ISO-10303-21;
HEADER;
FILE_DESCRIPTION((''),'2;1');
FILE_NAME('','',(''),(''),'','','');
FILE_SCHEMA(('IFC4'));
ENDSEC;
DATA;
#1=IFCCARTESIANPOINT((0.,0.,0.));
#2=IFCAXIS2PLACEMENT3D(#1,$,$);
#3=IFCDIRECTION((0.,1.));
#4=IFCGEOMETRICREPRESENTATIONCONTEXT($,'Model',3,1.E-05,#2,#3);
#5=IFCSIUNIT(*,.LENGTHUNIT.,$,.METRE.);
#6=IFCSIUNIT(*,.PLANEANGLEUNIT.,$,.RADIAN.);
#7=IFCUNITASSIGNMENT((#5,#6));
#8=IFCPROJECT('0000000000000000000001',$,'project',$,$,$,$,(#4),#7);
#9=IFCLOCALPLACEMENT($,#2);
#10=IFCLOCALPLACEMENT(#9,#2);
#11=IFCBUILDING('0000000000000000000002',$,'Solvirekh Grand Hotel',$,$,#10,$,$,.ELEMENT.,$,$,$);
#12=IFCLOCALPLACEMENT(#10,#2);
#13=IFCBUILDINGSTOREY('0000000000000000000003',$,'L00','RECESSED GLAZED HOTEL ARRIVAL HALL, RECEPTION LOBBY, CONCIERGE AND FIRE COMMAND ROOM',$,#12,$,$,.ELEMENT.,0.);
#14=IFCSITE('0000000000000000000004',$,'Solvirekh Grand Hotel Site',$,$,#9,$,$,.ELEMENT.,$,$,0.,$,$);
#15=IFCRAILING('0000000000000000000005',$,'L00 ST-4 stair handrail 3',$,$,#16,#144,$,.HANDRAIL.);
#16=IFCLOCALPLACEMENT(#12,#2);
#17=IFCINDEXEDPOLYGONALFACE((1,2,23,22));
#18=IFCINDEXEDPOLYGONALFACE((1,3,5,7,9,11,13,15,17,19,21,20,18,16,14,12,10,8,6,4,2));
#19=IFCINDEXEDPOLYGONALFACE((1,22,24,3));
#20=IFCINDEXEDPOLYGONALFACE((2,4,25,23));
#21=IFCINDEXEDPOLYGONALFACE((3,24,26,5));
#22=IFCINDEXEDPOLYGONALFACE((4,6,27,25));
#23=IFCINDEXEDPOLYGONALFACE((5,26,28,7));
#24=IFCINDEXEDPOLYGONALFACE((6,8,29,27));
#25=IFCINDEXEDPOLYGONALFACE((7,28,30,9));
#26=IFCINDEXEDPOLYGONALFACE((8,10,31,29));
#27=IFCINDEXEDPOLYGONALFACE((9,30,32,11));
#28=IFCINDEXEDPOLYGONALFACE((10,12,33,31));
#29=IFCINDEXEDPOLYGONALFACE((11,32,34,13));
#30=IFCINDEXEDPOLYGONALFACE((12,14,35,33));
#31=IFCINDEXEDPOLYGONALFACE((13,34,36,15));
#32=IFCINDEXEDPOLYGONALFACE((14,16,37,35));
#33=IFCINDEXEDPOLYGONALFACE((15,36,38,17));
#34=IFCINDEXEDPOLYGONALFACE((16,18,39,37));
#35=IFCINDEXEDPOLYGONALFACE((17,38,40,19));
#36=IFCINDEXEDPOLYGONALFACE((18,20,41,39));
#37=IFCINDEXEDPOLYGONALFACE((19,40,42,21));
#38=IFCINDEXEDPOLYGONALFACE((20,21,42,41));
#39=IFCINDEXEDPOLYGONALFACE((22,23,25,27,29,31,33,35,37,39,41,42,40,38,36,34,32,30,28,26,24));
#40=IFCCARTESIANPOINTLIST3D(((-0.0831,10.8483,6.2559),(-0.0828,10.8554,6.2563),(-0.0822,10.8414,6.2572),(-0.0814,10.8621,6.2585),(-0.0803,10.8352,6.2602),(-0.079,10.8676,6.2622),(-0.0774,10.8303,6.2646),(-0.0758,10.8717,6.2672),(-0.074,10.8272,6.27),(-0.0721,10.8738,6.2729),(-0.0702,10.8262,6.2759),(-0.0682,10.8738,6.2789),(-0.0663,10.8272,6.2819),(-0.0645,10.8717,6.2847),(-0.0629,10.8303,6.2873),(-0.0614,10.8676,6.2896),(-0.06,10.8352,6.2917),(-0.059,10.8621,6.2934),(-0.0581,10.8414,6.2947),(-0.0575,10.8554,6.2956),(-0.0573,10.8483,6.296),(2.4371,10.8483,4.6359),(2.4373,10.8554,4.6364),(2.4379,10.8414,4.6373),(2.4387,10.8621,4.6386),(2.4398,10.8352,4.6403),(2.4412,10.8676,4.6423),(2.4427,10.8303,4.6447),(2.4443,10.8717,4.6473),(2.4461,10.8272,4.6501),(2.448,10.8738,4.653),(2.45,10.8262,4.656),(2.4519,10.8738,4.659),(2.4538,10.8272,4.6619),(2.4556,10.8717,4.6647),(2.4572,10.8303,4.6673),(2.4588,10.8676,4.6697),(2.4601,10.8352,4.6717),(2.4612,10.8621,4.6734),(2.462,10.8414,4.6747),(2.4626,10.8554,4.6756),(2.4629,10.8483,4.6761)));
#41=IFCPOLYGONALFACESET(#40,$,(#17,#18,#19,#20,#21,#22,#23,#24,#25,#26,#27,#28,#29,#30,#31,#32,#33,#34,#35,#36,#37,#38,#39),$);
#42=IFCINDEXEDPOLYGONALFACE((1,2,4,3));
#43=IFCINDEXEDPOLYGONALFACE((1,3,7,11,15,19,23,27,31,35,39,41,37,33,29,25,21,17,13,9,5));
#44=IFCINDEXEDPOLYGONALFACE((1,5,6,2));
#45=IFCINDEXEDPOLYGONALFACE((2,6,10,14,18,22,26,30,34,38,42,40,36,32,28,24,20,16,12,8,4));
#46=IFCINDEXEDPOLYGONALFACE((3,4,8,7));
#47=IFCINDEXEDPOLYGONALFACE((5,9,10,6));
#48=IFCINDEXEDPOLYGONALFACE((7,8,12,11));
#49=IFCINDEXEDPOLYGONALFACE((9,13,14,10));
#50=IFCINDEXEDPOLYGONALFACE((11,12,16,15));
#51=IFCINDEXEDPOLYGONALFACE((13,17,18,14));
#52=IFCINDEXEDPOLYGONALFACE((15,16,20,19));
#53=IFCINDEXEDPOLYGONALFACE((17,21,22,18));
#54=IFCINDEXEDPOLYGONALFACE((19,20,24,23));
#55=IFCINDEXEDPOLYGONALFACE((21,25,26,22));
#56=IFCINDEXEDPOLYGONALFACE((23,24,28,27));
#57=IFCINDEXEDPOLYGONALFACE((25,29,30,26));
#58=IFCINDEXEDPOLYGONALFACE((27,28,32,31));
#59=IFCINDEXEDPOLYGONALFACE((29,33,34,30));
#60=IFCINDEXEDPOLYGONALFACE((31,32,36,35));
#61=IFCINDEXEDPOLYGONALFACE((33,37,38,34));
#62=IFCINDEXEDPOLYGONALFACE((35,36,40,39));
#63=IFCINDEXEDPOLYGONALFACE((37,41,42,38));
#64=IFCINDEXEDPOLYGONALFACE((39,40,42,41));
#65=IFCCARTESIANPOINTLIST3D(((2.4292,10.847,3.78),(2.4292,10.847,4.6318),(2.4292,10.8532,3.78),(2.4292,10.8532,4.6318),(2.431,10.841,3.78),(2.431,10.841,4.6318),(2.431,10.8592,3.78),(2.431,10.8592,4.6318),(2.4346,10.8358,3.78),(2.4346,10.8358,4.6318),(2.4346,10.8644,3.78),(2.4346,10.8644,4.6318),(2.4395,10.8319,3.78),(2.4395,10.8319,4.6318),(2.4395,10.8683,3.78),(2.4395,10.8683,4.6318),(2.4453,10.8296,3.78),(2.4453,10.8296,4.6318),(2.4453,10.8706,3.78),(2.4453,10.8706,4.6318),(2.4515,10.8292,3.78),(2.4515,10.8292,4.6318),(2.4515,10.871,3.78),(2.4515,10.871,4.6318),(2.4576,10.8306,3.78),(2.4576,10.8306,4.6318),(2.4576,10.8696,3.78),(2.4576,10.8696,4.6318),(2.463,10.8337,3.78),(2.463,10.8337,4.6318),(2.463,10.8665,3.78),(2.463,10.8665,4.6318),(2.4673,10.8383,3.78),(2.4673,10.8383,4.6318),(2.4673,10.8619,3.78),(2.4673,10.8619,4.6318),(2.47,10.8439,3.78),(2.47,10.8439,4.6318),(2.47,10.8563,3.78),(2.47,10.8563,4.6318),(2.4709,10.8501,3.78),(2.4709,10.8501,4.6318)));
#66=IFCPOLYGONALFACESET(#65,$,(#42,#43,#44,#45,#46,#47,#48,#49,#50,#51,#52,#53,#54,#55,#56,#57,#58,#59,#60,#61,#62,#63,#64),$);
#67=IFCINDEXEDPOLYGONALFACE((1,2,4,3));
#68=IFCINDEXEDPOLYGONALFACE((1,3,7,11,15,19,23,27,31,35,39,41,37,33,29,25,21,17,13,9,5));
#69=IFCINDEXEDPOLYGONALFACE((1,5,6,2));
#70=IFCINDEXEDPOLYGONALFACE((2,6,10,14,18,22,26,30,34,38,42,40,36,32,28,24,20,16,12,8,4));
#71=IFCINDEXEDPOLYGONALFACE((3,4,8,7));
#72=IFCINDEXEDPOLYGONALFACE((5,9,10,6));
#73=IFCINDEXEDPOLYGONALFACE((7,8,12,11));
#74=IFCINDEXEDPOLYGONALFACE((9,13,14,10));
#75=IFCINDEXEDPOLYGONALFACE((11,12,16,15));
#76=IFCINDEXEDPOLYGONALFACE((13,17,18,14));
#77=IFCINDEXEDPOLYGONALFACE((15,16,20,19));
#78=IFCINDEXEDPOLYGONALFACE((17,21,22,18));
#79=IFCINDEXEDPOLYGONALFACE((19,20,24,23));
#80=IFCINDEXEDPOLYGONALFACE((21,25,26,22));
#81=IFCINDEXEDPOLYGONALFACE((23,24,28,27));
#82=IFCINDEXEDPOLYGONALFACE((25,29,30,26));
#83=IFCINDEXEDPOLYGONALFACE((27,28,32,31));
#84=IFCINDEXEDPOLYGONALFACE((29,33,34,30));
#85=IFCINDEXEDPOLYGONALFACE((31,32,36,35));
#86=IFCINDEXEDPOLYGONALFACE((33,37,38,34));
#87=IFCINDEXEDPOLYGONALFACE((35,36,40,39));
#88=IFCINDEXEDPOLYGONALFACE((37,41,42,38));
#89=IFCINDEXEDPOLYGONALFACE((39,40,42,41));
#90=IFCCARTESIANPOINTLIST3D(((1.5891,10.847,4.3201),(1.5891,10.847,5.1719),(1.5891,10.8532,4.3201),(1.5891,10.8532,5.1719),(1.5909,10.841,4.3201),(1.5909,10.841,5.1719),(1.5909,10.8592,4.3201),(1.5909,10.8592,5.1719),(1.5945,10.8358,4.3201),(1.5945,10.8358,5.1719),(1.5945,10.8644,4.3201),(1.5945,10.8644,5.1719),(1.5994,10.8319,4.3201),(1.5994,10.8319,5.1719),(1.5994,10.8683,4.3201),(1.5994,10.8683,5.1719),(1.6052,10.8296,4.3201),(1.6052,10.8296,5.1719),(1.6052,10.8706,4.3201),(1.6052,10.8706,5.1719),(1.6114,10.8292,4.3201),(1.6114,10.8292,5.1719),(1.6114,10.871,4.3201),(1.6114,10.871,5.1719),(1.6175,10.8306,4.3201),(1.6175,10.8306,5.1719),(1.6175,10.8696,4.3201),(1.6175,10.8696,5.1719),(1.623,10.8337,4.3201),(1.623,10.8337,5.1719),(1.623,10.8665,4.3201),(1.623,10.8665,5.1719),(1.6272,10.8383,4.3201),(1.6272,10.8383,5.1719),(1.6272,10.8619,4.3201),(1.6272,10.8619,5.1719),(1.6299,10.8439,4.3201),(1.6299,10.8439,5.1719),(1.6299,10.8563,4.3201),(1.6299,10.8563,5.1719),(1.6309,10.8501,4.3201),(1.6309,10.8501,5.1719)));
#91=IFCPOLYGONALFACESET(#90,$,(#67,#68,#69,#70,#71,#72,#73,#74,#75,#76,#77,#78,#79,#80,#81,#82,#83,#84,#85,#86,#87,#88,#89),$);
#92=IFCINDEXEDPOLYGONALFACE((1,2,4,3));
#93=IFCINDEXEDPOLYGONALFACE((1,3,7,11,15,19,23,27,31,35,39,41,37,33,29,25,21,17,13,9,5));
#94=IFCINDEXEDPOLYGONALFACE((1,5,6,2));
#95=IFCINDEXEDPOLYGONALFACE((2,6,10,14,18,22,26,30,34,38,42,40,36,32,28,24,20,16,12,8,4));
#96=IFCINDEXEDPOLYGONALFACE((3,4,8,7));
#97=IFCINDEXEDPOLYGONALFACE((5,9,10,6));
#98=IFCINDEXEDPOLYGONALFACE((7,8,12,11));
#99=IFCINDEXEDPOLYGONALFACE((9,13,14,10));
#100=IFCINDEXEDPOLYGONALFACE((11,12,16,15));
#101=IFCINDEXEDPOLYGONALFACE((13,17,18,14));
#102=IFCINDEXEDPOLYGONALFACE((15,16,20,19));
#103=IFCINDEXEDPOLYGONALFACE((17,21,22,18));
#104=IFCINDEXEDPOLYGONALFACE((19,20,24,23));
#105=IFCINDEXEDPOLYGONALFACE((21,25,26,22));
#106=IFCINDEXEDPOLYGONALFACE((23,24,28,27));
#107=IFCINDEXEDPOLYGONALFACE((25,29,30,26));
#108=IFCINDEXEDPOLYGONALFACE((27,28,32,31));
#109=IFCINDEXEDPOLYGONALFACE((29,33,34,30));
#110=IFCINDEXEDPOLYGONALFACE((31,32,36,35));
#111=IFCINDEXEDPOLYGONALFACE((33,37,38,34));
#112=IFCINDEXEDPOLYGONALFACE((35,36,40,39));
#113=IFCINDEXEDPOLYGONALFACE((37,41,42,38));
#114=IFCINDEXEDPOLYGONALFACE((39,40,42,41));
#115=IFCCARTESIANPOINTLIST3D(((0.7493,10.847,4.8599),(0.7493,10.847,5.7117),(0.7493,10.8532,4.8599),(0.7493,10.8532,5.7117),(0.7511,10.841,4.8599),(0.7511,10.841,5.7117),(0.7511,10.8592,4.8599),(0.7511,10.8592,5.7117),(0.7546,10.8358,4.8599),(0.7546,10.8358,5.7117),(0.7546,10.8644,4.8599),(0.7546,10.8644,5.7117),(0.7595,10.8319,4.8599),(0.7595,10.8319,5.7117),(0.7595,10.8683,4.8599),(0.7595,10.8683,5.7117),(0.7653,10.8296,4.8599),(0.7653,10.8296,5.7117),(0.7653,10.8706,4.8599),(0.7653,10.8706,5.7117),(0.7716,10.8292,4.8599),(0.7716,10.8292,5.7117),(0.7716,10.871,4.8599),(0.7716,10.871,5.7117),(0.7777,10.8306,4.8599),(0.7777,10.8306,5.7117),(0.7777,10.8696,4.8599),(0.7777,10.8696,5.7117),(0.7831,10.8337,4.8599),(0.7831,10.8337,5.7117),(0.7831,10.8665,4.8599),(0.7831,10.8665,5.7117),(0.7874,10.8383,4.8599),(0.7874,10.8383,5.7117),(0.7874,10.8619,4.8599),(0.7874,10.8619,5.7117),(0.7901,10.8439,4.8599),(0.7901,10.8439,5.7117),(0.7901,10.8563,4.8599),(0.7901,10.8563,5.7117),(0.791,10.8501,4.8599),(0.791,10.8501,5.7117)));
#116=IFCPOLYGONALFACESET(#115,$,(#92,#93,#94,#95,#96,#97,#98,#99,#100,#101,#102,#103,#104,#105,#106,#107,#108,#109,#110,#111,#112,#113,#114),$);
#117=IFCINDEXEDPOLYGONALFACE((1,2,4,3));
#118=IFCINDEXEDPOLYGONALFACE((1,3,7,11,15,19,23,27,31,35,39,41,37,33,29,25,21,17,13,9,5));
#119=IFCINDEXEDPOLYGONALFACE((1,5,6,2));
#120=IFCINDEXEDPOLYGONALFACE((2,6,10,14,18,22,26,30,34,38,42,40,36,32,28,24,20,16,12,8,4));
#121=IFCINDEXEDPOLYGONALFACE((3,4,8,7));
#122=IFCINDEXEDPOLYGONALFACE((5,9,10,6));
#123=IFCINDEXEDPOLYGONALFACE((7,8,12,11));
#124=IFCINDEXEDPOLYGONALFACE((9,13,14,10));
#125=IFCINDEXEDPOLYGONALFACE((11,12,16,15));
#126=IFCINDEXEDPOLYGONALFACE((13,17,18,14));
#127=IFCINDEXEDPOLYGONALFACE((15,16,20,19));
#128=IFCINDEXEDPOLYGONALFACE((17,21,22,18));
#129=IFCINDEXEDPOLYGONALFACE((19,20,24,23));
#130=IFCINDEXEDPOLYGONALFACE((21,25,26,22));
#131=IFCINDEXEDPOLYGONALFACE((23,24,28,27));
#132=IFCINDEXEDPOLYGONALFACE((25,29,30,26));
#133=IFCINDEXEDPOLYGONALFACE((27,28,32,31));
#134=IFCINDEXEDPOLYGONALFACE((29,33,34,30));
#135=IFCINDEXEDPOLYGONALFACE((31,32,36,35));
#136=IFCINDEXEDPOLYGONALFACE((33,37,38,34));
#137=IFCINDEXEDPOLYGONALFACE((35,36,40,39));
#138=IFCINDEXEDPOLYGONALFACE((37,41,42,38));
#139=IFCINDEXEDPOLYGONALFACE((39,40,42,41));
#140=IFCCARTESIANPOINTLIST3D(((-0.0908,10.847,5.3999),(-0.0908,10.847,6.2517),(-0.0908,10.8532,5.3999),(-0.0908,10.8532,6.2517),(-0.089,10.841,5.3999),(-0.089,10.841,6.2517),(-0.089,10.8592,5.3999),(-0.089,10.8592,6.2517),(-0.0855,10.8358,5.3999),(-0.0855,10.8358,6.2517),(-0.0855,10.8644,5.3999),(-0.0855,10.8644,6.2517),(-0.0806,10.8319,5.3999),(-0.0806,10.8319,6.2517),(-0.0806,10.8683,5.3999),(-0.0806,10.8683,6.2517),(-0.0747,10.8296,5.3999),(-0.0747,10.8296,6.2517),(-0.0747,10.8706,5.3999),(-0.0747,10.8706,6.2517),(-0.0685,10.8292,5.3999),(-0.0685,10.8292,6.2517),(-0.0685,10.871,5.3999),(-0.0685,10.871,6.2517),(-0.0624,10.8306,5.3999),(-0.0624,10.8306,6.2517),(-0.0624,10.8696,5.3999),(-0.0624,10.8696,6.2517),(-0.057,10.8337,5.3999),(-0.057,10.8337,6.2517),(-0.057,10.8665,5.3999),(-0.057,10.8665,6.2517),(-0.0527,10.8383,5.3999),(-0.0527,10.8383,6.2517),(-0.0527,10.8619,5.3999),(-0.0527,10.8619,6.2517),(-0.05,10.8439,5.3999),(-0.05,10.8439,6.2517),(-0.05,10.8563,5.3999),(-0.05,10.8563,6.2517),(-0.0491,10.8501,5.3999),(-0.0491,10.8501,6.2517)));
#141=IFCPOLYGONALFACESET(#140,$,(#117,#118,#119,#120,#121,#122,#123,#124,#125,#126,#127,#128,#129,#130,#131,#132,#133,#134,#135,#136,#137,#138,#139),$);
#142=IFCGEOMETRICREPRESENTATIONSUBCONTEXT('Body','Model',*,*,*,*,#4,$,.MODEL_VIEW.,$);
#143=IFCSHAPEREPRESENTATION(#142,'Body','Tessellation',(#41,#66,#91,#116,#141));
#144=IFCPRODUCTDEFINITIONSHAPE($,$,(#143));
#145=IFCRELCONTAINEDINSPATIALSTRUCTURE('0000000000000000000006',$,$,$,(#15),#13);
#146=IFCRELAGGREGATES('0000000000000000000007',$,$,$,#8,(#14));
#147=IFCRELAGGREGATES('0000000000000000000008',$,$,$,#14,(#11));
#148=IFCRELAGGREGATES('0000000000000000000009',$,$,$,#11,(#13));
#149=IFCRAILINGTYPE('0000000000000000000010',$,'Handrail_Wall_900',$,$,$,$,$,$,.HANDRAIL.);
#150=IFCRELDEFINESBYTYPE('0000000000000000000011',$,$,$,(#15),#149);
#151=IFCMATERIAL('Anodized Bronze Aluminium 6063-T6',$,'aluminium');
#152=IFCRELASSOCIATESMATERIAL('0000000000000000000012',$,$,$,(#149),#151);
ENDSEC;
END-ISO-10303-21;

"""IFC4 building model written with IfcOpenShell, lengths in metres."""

from ifc_helpers import new_model, si_unit, direction, frame, origin, origin_2d, place, context, subcontext, project, spatial, circle, extrude, material, type_object, element, save


model = new_model("IFC4")

# Units and contexts
model_context = context("Model", 3, precision=1e-05, world=origin(), true_north=direction((0.0, 1.0)))
body_context = subcontext(model_context, "Body", "Model", "MODEL_VIEW")
ifc_project = project(units=[si_unit("LENGTHUNIT", "METRE"), si_unit("PLANEANGLEUNIT", "RADIAN")], contexts=[model_context])

# Site, building, storey
site_placement = place(None, origin())
site = spatial("IfcSite", under=ifc_project, at=site_placement, Name="Solvirekh Grand Hotel Site", CompositionType="ELEMENT", RefElevation=0.0)
building_placement = place(site_placement, origin())
building = spatial("IfcBuilding", under=site, at=building_placement, Name="Solvirekh Grand Hotel", CompositionType="ELEMENT")
storey_placement = place(building_placement, origin())
storey = spatial("IfcBuildingStorey", under=building, at=storey_placement, Name="L00", Description="RECESSED GLAZED HOTEL ARRIVAL HALL, RECEPTION LOBBY, CONCIERGE AND FIRE COMMAND ROOM", CompositionType="ELEMENT", Elevation=0.0)

# Shared definitions
ifc_material_1 = material(Name="Anodized Bronze Aluminium 6063-T6", Category="aluminium")

# Railing
railing_type_1 = type_object("IfcRailingType", Name="Handrail_Wall_900", PredefinedType="HANDRAIL", material=ifc_material_1)
railing_1_placement = place(storey_placement, frame((2.45, 10.8501, 3.78)))
element("IfcRailing", 1, at=railing_1_placement, inside=storey, type_object=railing_type_1, Name="L00 ST-4 stair handrail 3", PredefinedType="HANDRAIL", context=body_context, shape_type="SweptSolid", body=[
    extrude(circle(Radius=0.0239, at=origin_2d()), frame((0.0, 0.0, 0.876), z_axis=(-0.8412, 0.0, 0.540725), x_axis=(0.0, -1.0, 0.0)), (0.0, 0.0, 1.0), 2.9958),
    extrude(circle(Radius=0.021, at=origin_2d()), origin(), (0.0, 0.0, 1.0), 0.8518),
    extrude(circle(Radius=0.021, at=origin_2d()), frame((-0.8401, 0.0, 0.54)), (0.0, 0.0, 1.0), 0.8518),
    extrude(circle(Radius=0.021, at=origin_2d()), frame((-1.6799, 0.0, 1.0798)), (0.0, 0.0, 1.0), 0.8518),
    extrude(circle(Radius=0.021, at=origin_2d()), frame((-2.52, 0.0, 1.6199)), (0.0, 0.0, 1.0), 0.8518),
])

save(model, "model.ifc")
